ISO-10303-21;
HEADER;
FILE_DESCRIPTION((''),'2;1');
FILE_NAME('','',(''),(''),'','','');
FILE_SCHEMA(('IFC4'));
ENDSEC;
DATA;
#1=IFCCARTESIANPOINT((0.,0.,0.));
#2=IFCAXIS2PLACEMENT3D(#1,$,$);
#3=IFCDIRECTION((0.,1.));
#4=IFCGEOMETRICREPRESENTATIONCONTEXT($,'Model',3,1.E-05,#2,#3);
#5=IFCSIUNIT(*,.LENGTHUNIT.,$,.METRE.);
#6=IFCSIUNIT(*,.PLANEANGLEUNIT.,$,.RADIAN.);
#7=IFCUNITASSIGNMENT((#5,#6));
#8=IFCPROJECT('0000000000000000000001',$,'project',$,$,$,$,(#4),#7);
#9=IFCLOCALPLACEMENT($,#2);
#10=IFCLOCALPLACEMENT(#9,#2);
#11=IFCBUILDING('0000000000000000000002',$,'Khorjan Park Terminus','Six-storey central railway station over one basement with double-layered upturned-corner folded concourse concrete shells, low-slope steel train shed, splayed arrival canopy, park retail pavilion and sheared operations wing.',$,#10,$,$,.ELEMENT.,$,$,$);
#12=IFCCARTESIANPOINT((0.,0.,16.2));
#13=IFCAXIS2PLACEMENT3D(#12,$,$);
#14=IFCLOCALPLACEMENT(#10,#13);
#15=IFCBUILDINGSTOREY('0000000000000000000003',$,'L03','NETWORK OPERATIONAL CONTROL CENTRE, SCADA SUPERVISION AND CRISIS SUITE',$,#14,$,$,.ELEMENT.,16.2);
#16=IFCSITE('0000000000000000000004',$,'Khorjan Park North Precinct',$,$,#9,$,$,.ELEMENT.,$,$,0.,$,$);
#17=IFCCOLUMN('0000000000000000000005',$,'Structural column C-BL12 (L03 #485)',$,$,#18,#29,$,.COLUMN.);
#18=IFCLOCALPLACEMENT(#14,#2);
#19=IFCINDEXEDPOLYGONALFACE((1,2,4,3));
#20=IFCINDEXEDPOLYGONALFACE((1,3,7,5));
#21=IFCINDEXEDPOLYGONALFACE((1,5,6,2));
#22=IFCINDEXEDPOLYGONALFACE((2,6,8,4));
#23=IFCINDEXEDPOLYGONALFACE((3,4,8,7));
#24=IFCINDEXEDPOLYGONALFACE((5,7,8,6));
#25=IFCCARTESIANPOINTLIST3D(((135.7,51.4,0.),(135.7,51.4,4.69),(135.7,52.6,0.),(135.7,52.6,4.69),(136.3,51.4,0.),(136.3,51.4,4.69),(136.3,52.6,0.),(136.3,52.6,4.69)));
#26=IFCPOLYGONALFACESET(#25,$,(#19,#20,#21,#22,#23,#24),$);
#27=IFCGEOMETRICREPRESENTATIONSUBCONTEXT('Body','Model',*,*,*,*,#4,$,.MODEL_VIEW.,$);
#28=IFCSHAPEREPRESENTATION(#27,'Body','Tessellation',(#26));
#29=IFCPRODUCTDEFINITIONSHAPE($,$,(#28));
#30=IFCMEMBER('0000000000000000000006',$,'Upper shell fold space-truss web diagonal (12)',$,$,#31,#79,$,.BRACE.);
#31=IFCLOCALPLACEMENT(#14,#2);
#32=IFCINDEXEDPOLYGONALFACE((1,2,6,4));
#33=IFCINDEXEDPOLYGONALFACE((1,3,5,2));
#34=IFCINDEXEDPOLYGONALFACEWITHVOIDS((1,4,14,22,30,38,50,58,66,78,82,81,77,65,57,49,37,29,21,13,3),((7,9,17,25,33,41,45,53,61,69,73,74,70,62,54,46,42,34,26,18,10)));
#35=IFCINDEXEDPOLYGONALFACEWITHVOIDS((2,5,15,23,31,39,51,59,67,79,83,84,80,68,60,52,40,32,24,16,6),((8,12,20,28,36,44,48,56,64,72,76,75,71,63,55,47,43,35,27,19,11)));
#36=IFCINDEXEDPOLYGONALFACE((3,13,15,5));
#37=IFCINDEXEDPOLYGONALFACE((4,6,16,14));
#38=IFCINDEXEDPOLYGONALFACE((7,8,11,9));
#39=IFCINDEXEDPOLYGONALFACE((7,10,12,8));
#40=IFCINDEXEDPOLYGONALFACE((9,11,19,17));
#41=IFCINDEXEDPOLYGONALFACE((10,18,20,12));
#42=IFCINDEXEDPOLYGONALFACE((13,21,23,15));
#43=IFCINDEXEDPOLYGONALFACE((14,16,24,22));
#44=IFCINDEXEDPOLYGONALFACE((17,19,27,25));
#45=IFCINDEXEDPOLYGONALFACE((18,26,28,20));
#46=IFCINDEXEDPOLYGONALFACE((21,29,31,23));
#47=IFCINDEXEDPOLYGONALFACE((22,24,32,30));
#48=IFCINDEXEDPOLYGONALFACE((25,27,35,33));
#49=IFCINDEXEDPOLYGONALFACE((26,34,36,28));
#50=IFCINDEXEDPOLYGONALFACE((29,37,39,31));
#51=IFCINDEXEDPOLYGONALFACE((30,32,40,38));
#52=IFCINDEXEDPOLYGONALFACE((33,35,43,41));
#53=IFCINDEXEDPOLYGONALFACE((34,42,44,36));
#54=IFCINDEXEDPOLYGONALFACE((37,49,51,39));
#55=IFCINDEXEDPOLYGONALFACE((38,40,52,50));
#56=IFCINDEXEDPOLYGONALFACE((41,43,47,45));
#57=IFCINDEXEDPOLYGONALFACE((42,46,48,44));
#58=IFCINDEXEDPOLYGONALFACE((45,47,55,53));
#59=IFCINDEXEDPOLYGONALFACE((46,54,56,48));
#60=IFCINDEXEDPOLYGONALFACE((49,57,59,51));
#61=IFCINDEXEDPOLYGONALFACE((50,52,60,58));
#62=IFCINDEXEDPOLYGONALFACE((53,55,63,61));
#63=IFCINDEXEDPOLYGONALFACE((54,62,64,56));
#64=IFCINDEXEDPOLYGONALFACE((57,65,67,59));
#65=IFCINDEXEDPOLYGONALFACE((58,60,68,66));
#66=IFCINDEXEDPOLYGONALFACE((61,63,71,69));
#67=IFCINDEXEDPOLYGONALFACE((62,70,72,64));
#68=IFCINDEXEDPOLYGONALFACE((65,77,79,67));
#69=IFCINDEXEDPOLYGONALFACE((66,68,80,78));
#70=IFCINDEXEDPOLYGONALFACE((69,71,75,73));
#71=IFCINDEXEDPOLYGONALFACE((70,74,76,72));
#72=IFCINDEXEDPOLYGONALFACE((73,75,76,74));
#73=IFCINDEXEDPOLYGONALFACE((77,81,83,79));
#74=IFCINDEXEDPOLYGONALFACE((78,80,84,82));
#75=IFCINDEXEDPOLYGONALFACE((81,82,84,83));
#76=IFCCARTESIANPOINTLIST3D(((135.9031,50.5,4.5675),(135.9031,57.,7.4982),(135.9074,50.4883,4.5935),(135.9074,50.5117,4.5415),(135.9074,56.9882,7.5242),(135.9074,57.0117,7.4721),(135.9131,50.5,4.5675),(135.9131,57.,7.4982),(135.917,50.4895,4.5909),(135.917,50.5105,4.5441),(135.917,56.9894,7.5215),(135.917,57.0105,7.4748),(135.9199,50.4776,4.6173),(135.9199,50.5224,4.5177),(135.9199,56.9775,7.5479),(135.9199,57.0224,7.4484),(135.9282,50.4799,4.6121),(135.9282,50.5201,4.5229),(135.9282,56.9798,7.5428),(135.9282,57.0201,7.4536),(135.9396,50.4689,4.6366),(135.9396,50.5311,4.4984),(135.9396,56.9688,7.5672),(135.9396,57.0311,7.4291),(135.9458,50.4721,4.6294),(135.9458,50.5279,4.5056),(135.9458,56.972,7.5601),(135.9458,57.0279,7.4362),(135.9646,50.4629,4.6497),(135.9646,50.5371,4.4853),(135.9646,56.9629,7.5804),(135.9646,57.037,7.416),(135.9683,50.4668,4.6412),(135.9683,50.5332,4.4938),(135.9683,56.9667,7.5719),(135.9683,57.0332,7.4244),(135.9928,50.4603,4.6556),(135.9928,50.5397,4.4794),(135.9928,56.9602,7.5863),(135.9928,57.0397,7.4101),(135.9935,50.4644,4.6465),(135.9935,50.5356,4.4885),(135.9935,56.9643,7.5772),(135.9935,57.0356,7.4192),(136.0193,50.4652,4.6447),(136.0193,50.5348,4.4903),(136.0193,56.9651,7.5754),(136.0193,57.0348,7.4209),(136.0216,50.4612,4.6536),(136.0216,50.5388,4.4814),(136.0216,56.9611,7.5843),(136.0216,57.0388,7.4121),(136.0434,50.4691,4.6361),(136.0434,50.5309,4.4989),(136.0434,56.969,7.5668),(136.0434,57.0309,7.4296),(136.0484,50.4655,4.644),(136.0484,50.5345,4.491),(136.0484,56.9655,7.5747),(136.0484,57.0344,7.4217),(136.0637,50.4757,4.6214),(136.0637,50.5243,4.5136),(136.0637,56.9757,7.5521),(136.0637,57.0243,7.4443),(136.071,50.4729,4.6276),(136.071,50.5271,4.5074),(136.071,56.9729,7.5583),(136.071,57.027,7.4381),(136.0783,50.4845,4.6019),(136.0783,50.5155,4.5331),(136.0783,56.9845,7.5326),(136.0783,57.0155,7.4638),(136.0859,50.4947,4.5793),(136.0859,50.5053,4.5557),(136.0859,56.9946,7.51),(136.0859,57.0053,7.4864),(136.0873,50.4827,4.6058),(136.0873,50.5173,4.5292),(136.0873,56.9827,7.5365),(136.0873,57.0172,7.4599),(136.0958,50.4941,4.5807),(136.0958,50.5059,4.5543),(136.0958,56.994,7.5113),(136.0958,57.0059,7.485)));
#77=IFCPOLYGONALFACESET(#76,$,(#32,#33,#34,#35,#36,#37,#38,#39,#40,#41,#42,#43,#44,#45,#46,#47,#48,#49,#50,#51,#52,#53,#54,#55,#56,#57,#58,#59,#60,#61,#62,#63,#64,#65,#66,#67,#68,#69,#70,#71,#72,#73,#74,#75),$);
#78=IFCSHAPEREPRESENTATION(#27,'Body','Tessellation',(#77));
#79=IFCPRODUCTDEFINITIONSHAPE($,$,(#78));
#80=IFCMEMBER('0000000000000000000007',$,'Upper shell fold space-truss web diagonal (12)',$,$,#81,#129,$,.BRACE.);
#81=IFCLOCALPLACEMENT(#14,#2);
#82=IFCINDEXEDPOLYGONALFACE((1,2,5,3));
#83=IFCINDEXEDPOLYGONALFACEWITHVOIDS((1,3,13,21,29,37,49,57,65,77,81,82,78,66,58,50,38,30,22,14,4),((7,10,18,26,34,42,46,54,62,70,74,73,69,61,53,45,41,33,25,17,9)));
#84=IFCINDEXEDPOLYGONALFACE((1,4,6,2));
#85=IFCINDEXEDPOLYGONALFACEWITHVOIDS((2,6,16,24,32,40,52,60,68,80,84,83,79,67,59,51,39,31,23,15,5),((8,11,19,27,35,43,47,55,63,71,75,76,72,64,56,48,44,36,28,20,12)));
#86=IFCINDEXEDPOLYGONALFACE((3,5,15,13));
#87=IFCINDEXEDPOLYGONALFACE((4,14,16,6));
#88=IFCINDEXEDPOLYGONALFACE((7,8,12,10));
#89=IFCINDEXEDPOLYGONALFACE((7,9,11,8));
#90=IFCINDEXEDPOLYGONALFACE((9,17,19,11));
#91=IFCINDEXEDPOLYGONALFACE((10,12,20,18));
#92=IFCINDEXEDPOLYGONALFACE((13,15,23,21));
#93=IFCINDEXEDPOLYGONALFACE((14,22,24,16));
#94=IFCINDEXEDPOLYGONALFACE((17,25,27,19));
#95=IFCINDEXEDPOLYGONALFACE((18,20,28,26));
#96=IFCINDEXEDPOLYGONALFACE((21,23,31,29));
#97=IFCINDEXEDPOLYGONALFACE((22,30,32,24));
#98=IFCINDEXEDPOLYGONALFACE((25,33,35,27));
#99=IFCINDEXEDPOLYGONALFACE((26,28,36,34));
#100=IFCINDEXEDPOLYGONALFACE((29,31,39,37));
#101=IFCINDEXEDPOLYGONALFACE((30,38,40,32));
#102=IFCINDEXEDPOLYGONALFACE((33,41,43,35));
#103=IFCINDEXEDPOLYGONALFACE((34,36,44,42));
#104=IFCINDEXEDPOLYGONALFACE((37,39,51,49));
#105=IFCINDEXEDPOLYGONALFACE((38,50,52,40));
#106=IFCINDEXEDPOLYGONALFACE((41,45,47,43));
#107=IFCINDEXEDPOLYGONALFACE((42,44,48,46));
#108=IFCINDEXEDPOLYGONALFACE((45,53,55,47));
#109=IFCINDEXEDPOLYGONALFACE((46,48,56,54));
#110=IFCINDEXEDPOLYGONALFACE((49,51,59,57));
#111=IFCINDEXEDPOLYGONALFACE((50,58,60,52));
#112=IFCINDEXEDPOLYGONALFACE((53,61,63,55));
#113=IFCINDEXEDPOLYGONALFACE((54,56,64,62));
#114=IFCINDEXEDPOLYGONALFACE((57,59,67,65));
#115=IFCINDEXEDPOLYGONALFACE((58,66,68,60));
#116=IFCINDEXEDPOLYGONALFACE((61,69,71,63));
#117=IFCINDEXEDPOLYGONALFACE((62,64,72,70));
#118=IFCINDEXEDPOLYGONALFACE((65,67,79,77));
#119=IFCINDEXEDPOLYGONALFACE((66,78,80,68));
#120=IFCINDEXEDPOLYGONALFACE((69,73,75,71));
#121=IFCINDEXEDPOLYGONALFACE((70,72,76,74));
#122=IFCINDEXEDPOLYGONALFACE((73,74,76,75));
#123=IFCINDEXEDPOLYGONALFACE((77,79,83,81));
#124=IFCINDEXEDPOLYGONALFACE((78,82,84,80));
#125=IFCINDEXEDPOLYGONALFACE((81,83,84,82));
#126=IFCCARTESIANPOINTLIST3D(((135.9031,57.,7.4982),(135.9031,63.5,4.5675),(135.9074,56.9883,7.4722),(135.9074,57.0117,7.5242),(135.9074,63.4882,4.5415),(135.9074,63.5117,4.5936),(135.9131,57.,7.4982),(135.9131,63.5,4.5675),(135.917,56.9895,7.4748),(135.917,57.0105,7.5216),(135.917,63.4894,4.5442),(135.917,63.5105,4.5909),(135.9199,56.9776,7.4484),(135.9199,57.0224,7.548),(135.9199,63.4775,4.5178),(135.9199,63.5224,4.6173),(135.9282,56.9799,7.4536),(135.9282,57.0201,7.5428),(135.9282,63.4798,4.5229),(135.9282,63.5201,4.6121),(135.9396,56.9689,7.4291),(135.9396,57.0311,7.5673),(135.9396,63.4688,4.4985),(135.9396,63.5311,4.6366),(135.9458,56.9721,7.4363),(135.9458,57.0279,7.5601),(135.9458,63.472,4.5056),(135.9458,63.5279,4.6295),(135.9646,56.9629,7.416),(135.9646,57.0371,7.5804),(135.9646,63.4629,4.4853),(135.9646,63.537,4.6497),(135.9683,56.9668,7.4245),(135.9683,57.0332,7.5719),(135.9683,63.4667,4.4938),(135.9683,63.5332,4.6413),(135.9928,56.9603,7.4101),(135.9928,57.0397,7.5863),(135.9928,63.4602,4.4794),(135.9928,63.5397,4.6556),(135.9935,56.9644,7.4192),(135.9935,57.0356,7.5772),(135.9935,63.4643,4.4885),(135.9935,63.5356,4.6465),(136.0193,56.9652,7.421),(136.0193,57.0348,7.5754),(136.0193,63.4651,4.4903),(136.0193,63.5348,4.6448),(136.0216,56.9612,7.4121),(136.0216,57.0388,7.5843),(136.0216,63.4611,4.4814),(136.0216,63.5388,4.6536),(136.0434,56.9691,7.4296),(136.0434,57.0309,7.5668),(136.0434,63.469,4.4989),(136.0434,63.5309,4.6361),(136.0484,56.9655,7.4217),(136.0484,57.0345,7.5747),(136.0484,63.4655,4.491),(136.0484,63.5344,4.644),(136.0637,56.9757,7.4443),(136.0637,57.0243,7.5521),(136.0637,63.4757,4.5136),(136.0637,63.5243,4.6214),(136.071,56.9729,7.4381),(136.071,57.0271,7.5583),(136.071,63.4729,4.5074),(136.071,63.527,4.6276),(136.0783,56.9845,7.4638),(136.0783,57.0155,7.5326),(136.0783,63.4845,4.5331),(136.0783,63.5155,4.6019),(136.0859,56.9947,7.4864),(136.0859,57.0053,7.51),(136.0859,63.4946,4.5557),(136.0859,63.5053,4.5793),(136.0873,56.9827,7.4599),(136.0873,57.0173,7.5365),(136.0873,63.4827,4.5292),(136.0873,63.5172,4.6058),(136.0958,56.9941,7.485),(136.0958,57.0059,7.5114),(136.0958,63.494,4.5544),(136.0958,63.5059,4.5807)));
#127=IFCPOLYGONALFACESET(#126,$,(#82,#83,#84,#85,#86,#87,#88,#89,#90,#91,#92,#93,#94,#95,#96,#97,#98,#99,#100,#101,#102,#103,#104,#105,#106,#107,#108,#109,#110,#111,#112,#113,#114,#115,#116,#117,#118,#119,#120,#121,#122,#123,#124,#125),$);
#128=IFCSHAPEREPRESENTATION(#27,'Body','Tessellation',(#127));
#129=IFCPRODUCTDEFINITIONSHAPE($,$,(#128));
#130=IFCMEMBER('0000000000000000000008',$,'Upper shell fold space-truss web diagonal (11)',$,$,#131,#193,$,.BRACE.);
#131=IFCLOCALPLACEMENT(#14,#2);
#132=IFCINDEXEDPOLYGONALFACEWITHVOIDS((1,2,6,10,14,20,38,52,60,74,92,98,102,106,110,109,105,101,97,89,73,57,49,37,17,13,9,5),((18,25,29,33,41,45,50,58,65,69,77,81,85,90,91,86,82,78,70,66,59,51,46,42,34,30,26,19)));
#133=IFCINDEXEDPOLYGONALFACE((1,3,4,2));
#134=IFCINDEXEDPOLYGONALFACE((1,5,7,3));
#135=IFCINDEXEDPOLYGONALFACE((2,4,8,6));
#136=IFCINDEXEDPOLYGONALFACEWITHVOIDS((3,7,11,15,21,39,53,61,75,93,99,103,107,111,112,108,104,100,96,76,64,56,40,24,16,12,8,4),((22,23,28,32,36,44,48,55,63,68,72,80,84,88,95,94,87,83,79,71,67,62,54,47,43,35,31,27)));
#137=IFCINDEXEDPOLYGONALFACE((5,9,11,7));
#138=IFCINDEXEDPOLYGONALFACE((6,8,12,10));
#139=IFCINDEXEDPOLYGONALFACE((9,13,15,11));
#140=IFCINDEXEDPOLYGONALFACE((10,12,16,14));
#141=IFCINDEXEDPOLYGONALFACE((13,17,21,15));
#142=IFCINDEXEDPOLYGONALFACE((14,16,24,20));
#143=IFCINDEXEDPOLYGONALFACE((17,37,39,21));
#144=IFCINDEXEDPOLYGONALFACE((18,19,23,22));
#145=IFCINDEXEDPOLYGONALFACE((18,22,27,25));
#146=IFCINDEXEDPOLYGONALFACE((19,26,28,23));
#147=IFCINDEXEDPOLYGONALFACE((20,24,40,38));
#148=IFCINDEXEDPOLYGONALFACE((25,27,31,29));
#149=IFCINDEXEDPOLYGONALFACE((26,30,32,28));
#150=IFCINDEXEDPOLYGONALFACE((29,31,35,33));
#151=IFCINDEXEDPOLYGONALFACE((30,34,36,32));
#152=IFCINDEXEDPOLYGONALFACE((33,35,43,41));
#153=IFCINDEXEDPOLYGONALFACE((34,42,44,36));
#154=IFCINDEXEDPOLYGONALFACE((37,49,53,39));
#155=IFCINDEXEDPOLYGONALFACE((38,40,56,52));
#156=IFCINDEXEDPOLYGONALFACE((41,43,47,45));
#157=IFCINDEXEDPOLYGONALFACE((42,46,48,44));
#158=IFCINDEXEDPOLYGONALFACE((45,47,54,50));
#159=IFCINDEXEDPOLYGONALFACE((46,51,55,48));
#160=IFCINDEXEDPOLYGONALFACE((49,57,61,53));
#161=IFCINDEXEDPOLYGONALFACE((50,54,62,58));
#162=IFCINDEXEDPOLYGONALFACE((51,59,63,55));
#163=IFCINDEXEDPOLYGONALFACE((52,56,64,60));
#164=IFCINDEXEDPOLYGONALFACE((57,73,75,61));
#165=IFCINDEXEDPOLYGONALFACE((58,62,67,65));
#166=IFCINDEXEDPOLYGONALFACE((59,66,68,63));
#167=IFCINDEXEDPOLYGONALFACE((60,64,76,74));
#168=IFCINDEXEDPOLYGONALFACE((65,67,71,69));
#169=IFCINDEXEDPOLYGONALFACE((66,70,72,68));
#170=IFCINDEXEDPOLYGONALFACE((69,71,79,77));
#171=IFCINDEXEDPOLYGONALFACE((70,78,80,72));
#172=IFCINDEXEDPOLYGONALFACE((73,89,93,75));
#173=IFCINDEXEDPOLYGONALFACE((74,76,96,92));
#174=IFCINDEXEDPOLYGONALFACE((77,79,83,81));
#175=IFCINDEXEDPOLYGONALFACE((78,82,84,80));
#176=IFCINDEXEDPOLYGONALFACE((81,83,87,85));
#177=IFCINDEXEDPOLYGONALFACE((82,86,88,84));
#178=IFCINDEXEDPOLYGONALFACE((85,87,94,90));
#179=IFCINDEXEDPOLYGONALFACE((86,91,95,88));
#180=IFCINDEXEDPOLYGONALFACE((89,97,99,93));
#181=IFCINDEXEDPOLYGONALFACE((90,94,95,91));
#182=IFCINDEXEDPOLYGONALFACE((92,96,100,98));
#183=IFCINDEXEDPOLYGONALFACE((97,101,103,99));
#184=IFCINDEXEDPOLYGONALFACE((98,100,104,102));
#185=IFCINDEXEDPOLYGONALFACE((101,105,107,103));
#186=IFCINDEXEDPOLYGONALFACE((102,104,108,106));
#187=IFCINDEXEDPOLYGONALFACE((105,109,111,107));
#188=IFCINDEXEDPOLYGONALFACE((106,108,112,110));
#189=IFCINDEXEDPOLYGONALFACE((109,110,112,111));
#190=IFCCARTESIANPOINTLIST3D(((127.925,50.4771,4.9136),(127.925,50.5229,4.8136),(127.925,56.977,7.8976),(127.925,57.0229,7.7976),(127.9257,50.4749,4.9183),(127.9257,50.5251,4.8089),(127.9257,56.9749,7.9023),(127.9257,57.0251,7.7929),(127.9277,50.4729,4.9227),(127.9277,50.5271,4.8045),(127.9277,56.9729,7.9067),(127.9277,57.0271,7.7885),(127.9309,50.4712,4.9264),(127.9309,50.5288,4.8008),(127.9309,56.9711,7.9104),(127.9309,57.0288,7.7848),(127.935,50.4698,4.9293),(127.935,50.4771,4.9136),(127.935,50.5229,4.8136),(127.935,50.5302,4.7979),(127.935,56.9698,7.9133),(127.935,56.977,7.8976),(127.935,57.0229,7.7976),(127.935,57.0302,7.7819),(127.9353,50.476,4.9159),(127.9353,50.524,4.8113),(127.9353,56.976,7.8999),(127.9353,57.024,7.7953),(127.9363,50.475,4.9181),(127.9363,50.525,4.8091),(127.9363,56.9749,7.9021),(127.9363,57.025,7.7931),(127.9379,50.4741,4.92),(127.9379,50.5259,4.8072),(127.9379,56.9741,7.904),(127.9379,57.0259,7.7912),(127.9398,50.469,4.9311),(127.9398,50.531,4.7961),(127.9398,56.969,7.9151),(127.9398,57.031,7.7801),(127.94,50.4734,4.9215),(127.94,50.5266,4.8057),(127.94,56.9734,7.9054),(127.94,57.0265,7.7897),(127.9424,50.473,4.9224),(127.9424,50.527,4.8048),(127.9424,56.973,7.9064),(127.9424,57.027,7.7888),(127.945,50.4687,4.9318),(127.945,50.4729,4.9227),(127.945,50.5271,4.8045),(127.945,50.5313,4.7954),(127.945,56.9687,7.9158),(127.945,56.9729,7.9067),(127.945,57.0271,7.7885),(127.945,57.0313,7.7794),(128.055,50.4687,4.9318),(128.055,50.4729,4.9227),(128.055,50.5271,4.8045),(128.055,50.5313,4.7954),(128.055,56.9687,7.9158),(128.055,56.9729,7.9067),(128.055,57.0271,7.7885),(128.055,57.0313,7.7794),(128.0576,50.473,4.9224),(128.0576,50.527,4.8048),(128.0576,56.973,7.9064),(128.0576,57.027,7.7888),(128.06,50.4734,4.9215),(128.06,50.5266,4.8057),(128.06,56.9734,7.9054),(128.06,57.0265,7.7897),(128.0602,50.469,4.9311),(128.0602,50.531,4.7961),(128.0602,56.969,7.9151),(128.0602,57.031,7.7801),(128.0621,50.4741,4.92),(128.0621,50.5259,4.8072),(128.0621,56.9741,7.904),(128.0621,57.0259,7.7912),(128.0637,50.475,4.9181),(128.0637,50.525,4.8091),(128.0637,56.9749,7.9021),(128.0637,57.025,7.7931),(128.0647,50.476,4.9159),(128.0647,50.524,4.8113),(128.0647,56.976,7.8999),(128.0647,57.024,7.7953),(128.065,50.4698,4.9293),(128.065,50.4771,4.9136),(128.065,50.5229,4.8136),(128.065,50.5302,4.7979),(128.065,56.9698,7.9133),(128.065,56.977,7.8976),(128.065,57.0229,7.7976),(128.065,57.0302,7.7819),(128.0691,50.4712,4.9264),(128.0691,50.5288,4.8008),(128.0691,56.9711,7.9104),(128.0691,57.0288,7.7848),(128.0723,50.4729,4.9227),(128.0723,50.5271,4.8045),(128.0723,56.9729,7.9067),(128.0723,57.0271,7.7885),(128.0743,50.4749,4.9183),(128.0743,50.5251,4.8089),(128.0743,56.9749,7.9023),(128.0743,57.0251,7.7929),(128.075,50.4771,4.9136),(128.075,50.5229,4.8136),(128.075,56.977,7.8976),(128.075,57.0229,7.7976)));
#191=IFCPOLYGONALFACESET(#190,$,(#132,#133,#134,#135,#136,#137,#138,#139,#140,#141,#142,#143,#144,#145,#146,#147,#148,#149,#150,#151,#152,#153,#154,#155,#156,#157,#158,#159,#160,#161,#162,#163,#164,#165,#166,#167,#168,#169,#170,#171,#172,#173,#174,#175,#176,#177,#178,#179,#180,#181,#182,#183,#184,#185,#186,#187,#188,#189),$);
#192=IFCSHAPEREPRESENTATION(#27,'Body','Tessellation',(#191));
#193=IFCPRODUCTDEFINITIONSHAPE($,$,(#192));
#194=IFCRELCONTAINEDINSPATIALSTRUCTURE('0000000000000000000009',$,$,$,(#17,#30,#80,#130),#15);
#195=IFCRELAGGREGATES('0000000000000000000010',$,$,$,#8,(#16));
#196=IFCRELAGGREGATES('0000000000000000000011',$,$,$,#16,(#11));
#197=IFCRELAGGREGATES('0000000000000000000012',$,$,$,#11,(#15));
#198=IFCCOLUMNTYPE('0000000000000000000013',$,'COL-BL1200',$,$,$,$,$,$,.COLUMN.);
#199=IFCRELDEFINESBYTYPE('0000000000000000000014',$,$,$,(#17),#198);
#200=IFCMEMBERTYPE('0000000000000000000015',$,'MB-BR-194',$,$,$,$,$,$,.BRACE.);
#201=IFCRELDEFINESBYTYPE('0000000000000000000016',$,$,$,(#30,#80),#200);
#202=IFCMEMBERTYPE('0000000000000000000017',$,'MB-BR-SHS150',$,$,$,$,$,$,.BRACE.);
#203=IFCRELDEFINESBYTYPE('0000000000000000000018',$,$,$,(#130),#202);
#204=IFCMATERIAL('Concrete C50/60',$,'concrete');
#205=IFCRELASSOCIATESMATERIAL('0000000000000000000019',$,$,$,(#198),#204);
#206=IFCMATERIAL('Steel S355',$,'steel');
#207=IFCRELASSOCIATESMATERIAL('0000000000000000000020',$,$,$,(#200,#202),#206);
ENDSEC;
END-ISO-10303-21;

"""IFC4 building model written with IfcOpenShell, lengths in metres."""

from ifc_helpers import new_model, si_unit, direction, frame, origin, origin_2d, place, context, subcontext, project, spatial, rectangle, hollow_rectangle, hollow_circle, extrude, material, material_profile, profile_set, type_object, element, save


model = new_model("IFC4")

# Units and contexts
model_context = context("Model", 3, precision=1e-05, world=origin(), true_north=direction((0.0, 1.0)))
body_context = subcontext(model_context, "Body", "Model", "MODEL_VIEW")
ifc_project = project(units=[si_unit("LENGTHUNIT", "METRE"), si_unit("PLANEANGLEUNIT", "RADIAN")], contexts=[model_context])

# Site, building, storey
site_placement = place(None, origin())
site = spatial("IfcSite", under=ifc_project, at=site_placement, Name="Khorjan Park North Precinct", CompositionType="ELEMENT", RefElevation=0.0)
building_placement = place(site_placement, origin())
building = spatial("IfcBuilding", under=site, at=building_placement, Name="Khorjan Park Terminus", Description="Six-storey central railway station over one basement with double-layered upturned-corner folded concourse concrete shells, low-slope steel train shed, splayed arrival canopy, park retail pavilion and sheared operations wing.", CompositionType="ELEMENT")
storey_placement = place(building_placement, frame((0.0, 0.0, 16.2)))
storey = spatial("IfcBuildingStorey", under=building, at=storey_placement, Name="L03", Description="NETWORK OPERATIONAL CONTROL CENTRE, SCADA SUPERVISION AND CRISIS SUITE", CompositionType="ELEMENT", Elevation=16.2)

# Column
ifc_material_1 = material(Name="Concrete C50/60", Category="concrete")
ifc_material_profile_1 = material_profile(ifc_material_1, rectangle(XDim=0.6, YDim=1.2, at=origin_2d()), Name="RC 600x1200")
ifc_profile_set_1 = profile_set([ifc_material_profile_1], Name="Concrete C50/60")
column_type = type_object("IfcColumnType", Name="COL-BL1200", PredefinedType="COLUMN", material=ifc_profile_set_1)
column_placement = place(storey_placement, frame((136.0, 52.0, 0.0), z_axis=(0.0, 0.0, 1.0), x_axis=(1.0, 0.0, 0.0)))
element("IfcColumn", 1, at=column_placement, inside=storey, type_object=column_type, Name="Structural column C-BL12 (L03 #485)", PredefinedType="COLUMN", context=body_context, shape_type="SweptSolid", body=[
    extrude(rectangle(XDim=0.6, YDim=1.2, at=origin_2d()), origin(), (0.0, 0.0, 1.0), 4.69),
])

# Members
ifc_material_2 = material(Name="Steel S355", Category="steel")
ifc_material_profile_2 = material_profile(ifc_material_2, hollow_circle(Radius=0.0969, WallThickness=0.01, at=origin_2d()), Name="CHS 193.7x10")
ifc_profile_set_2 = profile_set([ifc_material_profile_2], Name="Steel S355")
member_type_1 = type_object("IfcMemberType", Name="MB-BR-194", PredefinedType="BRACE", material=ifc_profile_set_2)
for number, where, z_axis, x_axis, name in (
    (2, (136.0, 50.5, 4.5675), (0.0, 0.911622, 0.411029), (-1.0, 0.0, 0.0), "Upper shell fold space-truss web diagonal (12)"),
    (3, (136.0, 57.0, 7.4982), (0.0, 0.911622, -0.411029), (-1.0, 0.0, 0.0), "Upper shell fold space-truss web diagonal (12)"),
):
    element("IfcMember", number, at=place(storey_placement, frame(where, z_axis=z_axis, x_axis=x_axis)), inside=storey, type_object=member_type_1, Name=name, PredefinedType="BRACE", context=body_context, shape_type="SweptSolid", body=[
        extrude(hollow_circle(Radius=0.0969, WallThickness=0.01, at=origin_2d()), origin(), (0.0, 0.0, 1.0), 7.1301),
    ])
ifc_material_profile_3 = material_profile(ifc_material_2, hollow_rectangle(XDim=0.15, YDim=0.15, WallThickness=0.01, InnerFilletRadius=0.01, OuterFilletRadius=0.02, at=origin_2d()), Name="SHS 150x150x10")
ifc_profile_set_3 = profile_set([ifc_material_profile_3], Name="Steel S355")
member_type_2 = type_object("IfcMemberType", Name="MB-BR-SHS150", PredefinedType="BRACE", material=ifc_profile_set_3)
for number, where, z_axis, x_axis, name in (
    (4, (128.0, 50.5, 4.8636), (0.0, 0.908809, 0.417213), (-1.0, 0.0, 0.0), "Upper shell fold space-truss web diagonal (11)"),
):
    element("IfcMember", number, at=place(storey_placement, frame(where, z_axis=z_axis, x_axis=x_axis)), inside=storey, type_object=member_type_2, Name=name, PredefinedType="BRACE", context=body_context, shape_type="SweptSolid", body=[
        extrude(hollow_rectangle(XDim=0.15, YDim=0.15, WallThickness=0.01, InnerFilletRadius=0.01, OuterFilletRadius=0.02, at=origin_2d()), origin(), (0.0, 0.0, 1.0), 7.1522),
    ])

save(model, "model.ifc")
